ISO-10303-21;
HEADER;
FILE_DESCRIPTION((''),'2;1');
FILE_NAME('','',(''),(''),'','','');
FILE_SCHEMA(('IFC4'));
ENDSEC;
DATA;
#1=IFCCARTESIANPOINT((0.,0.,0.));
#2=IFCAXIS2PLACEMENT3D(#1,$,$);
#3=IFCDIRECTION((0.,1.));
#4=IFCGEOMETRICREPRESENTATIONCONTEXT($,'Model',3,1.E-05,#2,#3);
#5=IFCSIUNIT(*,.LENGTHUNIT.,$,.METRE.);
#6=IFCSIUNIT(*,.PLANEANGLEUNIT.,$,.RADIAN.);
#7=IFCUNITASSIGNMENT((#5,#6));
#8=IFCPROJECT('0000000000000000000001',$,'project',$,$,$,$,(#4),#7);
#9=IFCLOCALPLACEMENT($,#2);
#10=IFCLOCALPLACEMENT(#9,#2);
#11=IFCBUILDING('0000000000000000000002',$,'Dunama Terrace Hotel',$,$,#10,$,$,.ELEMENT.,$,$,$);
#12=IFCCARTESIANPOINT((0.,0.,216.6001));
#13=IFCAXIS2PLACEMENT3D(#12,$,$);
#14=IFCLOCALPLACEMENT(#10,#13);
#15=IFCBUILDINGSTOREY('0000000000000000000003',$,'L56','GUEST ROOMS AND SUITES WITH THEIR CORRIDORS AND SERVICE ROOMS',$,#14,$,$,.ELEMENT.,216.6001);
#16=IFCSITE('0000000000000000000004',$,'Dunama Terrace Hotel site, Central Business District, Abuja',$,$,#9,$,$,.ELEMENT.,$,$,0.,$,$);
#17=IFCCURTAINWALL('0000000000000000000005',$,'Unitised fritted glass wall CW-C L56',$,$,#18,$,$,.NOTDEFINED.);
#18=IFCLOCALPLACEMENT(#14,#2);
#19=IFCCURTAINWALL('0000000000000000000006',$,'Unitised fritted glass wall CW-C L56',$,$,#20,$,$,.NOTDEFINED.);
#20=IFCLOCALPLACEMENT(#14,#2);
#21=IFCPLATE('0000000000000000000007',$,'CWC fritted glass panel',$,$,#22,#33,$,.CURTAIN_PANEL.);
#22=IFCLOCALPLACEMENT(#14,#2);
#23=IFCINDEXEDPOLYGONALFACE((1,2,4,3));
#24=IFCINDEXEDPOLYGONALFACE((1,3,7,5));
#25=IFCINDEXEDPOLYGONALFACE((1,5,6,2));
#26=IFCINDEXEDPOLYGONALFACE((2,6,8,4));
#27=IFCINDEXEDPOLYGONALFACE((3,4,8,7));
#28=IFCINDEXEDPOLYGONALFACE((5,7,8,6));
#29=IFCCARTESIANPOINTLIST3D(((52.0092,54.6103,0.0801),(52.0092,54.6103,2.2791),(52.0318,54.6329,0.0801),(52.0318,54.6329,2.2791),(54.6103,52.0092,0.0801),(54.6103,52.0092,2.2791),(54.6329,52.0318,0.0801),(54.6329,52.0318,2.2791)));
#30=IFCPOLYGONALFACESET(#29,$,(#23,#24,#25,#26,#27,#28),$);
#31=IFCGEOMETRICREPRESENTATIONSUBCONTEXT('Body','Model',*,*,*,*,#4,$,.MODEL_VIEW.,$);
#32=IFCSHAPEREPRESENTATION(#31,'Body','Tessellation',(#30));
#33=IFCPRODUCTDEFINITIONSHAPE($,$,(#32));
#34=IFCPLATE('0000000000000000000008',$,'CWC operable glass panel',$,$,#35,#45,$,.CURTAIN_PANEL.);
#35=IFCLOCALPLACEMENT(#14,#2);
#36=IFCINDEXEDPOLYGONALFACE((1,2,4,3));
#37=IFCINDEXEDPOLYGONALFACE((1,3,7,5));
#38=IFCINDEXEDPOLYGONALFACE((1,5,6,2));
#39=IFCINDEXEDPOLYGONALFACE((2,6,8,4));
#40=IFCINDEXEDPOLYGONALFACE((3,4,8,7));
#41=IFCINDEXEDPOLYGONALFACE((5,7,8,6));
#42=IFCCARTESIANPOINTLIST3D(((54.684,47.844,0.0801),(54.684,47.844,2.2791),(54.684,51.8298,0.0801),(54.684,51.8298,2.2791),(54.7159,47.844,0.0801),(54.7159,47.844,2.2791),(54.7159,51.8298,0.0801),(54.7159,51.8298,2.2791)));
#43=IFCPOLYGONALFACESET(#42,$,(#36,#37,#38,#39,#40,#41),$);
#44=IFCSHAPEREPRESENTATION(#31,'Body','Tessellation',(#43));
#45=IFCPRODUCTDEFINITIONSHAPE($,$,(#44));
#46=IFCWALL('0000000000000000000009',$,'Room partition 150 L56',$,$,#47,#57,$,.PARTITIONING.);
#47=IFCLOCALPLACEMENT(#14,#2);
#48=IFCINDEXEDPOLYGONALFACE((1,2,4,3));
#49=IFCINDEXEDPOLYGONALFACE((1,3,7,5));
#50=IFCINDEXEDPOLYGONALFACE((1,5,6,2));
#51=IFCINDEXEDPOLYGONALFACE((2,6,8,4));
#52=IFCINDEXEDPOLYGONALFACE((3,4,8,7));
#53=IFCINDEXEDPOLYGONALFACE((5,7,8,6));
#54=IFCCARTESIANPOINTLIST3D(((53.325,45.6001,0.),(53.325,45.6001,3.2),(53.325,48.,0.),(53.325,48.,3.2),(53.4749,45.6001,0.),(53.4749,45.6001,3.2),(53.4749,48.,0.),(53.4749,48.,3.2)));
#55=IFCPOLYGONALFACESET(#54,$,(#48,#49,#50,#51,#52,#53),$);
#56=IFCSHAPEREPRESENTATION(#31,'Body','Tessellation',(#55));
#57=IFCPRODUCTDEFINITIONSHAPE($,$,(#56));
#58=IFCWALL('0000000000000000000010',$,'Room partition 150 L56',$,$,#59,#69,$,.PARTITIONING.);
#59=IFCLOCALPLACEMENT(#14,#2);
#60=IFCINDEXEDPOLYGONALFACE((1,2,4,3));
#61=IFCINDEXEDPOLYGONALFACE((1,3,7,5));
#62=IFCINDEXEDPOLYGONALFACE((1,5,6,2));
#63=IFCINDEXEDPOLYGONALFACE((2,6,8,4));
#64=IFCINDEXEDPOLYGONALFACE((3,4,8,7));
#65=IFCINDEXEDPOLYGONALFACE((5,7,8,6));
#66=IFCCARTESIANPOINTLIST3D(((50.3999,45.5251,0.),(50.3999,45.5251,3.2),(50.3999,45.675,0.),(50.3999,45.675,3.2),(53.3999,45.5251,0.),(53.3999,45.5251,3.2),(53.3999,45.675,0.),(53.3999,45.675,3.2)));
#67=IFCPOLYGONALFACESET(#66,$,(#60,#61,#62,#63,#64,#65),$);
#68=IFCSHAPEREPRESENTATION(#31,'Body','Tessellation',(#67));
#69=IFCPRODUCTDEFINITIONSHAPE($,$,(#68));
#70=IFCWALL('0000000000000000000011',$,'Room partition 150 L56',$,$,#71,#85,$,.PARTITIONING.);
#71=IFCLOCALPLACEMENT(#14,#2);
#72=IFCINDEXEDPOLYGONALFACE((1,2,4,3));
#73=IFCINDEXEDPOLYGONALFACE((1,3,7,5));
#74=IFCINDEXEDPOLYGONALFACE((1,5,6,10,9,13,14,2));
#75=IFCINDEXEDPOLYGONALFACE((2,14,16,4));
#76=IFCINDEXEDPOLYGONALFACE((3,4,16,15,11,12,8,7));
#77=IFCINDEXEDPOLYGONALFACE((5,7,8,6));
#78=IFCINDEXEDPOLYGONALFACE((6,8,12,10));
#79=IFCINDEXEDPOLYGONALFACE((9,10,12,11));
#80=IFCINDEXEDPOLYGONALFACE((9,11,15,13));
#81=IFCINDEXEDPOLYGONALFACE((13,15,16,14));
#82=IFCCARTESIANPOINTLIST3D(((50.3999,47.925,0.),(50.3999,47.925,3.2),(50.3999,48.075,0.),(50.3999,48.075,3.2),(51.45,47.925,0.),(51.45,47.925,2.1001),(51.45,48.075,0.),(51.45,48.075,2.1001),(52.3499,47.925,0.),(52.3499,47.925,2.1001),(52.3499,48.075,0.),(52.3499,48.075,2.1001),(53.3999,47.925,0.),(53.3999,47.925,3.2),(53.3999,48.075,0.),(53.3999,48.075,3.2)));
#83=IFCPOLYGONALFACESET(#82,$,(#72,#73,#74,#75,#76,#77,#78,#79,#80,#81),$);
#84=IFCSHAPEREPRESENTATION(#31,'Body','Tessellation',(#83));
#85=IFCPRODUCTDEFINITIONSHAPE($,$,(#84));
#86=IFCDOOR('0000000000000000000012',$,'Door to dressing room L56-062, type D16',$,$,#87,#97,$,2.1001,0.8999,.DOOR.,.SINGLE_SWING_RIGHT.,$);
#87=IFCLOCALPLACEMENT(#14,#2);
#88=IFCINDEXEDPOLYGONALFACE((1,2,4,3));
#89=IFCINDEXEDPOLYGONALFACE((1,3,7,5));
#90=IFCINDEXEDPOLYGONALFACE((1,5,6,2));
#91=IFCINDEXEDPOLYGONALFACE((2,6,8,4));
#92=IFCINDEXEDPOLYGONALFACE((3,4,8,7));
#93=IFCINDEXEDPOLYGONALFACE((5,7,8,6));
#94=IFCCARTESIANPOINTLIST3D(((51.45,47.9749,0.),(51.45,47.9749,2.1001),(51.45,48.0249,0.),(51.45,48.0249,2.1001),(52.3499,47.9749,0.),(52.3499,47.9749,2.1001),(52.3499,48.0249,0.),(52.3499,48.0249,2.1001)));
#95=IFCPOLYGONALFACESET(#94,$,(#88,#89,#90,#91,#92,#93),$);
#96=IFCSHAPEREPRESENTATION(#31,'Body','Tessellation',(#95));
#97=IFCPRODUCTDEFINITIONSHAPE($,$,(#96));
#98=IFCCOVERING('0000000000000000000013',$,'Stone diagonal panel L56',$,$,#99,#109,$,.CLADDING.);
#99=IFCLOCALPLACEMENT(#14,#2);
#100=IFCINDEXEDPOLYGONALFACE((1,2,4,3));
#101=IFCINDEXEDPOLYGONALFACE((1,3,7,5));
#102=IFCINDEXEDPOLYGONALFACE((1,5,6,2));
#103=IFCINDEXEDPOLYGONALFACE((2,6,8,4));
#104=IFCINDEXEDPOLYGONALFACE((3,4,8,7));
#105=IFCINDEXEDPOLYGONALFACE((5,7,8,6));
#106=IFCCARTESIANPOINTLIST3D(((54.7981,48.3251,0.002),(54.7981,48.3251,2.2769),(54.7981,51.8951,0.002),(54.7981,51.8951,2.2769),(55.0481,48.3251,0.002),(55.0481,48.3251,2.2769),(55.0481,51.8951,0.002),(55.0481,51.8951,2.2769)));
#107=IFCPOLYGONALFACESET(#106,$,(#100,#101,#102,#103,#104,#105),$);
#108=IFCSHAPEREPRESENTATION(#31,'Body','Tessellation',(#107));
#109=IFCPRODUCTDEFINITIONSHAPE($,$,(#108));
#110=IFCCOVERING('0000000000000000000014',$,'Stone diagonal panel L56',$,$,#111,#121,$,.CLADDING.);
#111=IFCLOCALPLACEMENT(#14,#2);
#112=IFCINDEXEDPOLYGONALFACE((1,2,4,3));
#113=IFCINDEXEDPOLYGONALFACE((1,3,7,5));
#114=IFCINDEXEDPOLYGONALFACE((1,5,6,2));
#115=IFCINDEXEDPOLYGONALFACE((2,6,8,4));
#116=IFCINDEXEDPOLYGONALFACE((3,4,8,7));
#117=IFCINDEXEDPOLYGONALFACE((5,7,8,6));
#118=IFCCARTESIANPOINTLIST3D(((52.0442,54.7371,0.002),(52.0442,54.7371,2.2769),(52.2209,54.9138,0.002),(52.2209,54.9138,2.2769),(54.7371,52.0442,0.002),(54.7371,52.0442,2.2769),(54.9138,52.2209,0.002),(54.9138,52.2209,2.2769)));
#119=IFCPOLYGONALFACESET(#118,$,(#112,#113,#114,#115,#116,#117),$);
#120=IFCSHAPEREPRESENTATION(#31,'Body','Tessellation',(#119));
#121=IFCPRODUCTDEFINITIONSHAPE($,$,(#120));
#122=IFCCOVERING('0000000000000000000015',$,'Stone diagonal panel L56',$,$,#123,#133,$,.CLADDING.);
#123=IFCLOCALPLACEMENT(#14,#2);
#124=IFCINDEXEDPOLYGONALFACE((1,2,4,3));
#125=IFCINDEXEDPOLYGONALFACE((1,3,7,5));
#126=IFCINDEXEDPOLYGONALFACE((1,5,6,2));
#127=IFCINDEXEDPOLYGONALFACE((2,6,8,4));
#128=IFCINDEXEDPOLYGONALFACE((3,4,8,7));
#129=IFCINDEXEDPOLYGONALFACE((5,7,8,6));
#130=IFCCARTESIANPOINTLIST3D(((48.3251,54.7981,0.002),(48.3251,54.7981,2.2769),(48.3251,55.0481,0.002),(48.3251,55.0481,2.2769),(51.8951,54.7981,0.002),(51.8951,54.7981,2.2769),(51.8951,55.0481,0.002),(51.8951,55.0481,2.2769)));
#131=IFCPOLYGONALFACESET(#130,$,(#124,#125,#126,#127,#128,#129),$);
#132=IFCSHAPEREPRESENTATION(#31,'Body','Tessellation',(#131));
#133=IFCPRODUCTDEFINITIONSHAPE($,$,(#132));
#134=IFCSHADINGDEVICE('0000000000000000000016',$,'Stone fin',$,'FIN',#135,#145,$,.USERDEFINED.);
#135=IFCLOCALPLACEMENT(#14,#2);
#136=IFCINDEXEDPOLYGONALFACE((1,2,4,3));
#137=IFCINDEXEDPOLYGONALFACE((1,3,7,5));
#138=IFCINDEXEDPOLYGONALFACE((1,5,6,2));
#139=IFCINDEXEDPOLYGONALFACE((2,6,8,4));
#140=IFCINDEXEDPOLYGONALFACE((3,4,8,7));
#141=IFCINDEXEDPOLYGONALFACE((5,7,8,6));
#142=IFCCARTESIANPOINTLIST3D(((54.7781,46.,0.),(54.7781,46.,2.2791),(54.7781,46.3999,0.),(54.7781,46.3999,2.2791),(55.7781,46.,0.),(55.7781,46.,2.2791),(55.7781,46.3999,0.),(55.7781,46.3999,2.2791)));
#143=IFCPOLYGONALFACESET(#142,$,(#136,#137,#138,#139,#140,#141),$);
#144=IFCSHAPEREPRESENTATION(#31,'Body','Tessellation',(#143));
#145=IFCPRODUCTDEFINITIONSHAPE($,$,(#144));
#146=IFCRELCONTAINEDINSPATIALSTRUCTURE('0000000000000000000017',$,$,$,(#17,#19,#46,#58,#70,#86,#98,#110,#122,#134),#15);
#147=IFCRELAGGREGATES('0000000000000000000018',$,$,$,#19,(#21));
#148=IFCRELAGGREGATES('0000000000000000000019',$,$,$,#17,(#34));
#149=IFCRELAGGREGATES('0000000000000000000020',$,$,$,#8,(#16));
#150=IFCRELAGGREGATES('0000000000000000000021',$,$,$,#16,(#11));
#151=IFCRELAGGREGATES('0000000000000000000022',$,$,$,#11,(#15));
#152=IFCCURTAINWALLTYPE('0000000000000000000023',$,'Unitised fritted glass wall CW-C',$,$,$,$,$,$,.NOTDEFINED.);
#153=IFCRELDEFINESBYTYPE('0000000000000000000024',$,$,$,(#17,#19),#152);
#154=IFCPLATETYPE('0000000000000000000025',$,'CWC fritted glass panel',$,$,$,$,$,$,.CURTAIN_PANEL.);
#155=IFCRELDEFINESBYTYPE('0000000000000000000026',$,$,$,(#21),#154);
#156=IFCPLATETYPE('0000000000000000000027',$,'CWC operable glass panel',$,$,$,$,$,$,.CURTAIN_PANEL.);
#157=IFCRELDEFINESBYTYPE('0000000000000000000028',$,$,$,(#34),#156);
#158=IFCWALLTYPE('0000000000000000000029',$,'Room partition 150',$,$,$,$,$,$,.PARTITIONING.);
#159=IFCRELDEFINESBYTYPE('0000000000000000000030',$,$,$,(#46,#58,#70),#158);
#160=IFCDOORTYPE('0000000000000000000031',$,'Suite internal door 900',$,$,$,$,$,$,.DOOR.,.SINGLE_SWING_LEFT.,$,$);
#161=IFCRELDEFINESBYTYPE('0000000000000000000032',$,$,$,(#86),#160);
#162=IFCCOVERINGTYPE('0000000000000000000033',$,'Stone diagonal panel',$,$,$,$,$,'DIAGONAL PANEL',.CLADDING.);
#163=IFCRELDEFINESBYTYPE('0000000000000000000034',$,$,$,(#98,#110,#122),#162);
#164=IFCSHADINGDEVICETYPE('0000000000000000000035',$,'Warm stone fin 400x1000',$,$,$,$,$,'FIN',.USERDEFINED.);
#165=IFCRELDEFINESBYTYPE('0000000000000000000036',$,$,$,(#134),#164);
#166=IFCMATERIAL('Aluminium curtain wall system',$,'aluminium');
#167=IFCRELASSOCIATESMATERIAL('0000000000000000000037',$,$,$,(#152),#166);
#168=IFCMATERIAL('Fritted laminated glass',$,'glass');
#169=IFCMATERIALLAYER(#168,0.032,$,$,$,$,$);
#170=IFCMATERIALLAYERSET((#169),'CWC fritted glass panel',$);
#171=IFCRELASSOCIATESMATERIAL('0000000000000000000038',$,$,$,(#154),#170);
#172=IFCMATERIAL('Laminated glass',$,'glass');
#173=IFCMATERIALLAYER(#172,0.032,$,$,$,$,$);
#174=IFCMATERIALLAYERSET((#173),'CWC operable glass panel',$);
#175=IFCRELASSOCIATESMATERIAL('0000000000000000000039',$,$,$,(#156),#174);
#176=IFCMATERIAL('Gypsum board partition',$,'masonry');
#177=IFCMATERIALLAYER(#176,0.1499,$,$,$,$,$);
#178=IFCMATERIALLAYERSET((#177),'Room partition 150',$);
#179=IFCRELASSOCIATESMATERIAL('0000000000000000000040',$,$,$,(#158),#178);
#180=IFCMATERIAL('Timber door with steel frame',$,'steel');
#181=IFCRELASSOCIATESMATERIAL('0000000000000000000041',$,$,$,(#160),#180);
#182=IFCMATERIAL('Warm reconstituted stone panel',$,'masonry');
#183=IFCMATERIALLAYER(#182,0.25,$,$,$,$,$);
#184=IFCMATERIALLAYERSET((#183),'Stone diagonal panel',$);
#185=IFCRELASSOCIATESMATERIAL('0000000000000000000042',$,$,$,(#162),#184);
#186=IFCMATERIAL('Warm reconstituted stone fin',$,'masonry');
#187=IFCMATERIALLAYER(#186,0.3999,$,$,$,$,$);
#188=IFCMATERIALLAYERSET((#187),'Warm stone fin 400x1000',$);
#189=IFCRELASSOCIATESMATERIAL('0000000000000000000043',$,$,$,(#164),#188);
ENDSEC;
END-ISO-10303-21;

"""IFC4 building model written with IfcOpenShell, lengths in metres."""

from ifc_helpers import new_model, si_unit, direction, frame, frame_2d, origin, origin_2d, place, context, subcontext, project, spatial, rectangle, extrude, material, layer, layer_set, type_object, element, fill, aggregate, save


model = new_model("IFC4")

# Units and contexts
model_context = context("Model", 3, precision=1e-05, world=origin(), true_north=direction((0.0, 1.0)))
body_context = subcontext(model_context, "Body", "Model", "MODEL_VIEW")
ifc_project = project(units=[si_unit("LENGTHUNIT", "METRE"), si_unit("PLANEANGLEUNIT", "RADIAN")], contexts=[model_context])

# Site, building, storey
site_placement = place(None, origin())
site = spatial("IfcSite", under=ifc_project, at=site_placement, Name="Dunama Terrace Hotel site, Central Business District, Abuja", CompositionType="ELEMENT", RefElevation=0.0)
building_placement = place(site_placement, origin())
building = spatial("IfcBuilding", under=site, at=building_placement, Name="Dunama Terrace Hotel", CompositionType="ELEMENT")
storey_placement = place(building_placement, frame((0.0, 0.0, 216.6001)))
storey = spatial("IfcBuildingStorey", under=building, at=storey_placement, Name="L56", Description="GUEST ROOMS AND SUITES WITH THEIR CORRIDORS AND SERVICE ROOMS", CompositionType="ELEMENT", Elevation=216.6001)

# Curtain walls
ifc_material_1 = material(Name="Aluminium curtain wall system", Category="aluminium")
curtain_wall_type = type_object("IfcCurtainWallType", Name="Unitised fritted glass wall CW-C", PredefinedType="NOTDEFINED", material=ifc_material_1)
curtain_wall_1_placement = place(storey_placement, origin())
curtain_wall_1 = element("IfcCurtainWall", 1, at=curtain_wall_1_placement, inside=storey, type_object=curtain_wall_type, Name="Unitised fritted glass wall CW-C L56", PredefinedType="NOTDEFINED")
curtain_wall_2_placement = place(storey_placement, origin())
curtain_wall_2 = element("IfcCurtainWall", 2, at=curtain_wall_2_placement, inside=storey, type_object=curtain_wall_type, Name="Unitised fritted glass wall CW-C L56", PredefinedType="NOTDEFINED")

# Plates
ifc_material_2 = material(Name="Fritted laminated glass", Category="glass")
ifc_layer_1 = layer(ifc_material_2, 0.032)
ifc_layer_set_1 = layer_set([ifc_layer_1], Name="CWC fritted glass panel")
plate_type_1 = type_object("IfcPlateType", Name="CWC fritted glass panel", PredefinedType="CURTAIN_PANEL", material=ifc_layer_set_1)
plate_1_placement = place(storey_placement, frame((53.321, 53.321, 0.0801), z_axis=(0.0, 0.0, 1.0), x_axis=(-0.707107, 0.707107, 0.0)))
plate_1 = element("IfcPlate", 3, at=plate_1_placement, type_object=plate_type_1, Name="CWC fritted glass panel", PredefinedType="CURTAIN_PANEL", context=body_context, shape_type="SweptSolid", body=[
    extrude(rectangle(XDim=3.6785, YDim=0.032, at=origin_2d()), origin(), (0.0, 0.0, 1.0), 2.199),
])
aggregate(curtain_wall_2, [plate_1])
ifc_material_3 = material(Name="Laminated glass", Category="glass")
ifc_layer_2 = layer(ifc_material_3, 0.032)
ifc_layer_set_2 = layer_set([ifc_layer_2], Name="CWC operable glass panel")
plate_type_2 = type_object("IfcPlateType", Name="CWC operable glass panel", PredefinedType="CURTAIN_PANEL", material=ifc_layer_set_2)
plate_2_placement = place(storey_placement, frame((54.7, 49.8369, 0.0801), z_axis=(0.0, 0.0, 1.0), x_axis=(0.0, 1.0, 0.0)))
plate_2 = element("IfcPlate", 4, at=plate_2_placement, type_object=plate_type_2, Name="CWC operable glass panel", PredefinedType="CURTAIN_PANEL", context=body_context, shape_type="SweptSolid", body=[
    extrude(rectangle(XDim=3.9858, YDim=0.032, at=origin_2d()), origin(), (0.0, 0.0, 1.0), 2.199),
])
aggregate(curtain_wall_1, [plate_2])

# Walls
ifc_material_4 = material(Name="Gypsum board partition", Category="masonry")
ifc_layer_3 = layer(ifc_material_4, 0.1499)
ifc_layer_set_3 = layer_set([ifc_layer_3], Name="Room partition 150")
wall_type = type_object("IfcWallType", Name="Room partition 150", PredefinedType="PARTITIONING", material=ifc_layer_set_3)
wall_1_placement = place(storey_placement, frame((53.3999, 45.6001, 0.0), z_axis=(0.0, 0.0, 1.0), x_axis=(0.0, 1.0, 0.0)))
element("IfcWall", 5, at=wall_1_placement, inside=storey, type_object=wall_type, Name="Room partition 150 L56", PredefinedType="PARTITIONING", context=body_context, shape_type="SweptSolid", body=[
    extrude(rectangle(XDim=2.3999, YDim=0.1499, at=frame_2d((1.2, 0.0))), origin(), (0.0, 0.0, 1.0), 3.2),
])
wall_2_placement = place(storey_placement, frame((50.3999, 45.6001, 0.0), z_axis=(0.0, 0.0, 1.0), x_axis=(1.0, 0.0, 0.0)))
element("IfcWall", 6, at=wall_2_placement, inside=storey, type_object=wall_type, Name="Room partition 150 L56", PredefinedType="PARTITIONING", context=body_context, shape_type="SweptSolid", body=[
    extrude(rectangle(XDim=3.0, YDim=0.1499, at=frame_2d((1.5, 0.0))), origin(), (0.0, 0.0, 1.0), 3.2),
])

# Wall, opening, door
wall_3_placement = place(storey_placement, frame((50.3999, 48.0, 0.0), z_axis=(0.0, 0.0, 1.0), x_axis=(1.0, 0.0, 0.0)))
wall_3 = element("IfcWall", 7, at=wall_3_placement, inside=storey, type_object=wall_type, Name="Room partition 150 L56", PredefinedType="PARTITIONING", context=body_context, shape_type="SweptSolid", body=[
    extrude(rectangle(XDim=3.0, YDim=0.1499, at=frame_2d((1.5, 0.0))), origin(), (0.0, 0.0, 1.0), 3.2),
])
opening_placement = place(wall_3_placement, frame((1.05, 0.0, 0.0)))
opening = element("IfcOpeningElement", 8, at=opening_placement, cuts=wall_3, PredefinedType="OPENING", context=body_context, shape_type="SweptSolid", body=[
    extrude(rectangle(XDim=0.8999, YDim=2.1001, at=frame_2d((0.45, 1.05))), frame((0.0, 0.085, 0.0), z_axis=(0.0, -1.0, 0.0), x_axis=(1.0, 0.0, 0.0)), (0.0, 0.0, 1.0), 0.1699),
])
ifc_material_5 = material(Name="Timber door with steel frame", Category="steel")
door_type = type_object("IfcDoorType", Name="Suite internal door 900", OperationType="SINGLE_SWING_LEFT", PredefinedType="DOOR", material=ifc_material_5)
door_placement = place(opening_placement, frame((0.8999, 0.0, 0.0), z_axis=(0.0, 0.0, 1.0), x_axis=(-1.0, 0.0, 0.0)))
door = element("IfcDoor", 9, at=door_placement, inside=storey, type_object=door_type, Name="Door to dressing room L56-062, type D16", OperationType="SINGLE_SWING_RIGHT", OverallHeight=2.1001, OverallWidth=0.8999, PredefinedType="DOOR", context=body_context, shape_type="SweptSolid", body=[
    extrude(rectangle(XDim=0.8999, YDim=2.1001, at=frame_2d((0.45, 1.05))), frame((0.0, 0.0251, 0.0), z_axis=(0.0, -1.0, 0.0), x_axis=(1.0, 0.0, 0.0)), (0.0, 0.0, 1.0), 0.05),
])
fill(opening, door)

# Coverings
ifc_material_6 = material(Name="Warm reconstituted stone panel", Category="masonry")
ifc_layer_4 = layer(ifc_material_6, 0.25)
ifc_layer_set_4 = layer_set([ifc_layer_4], Name="Stone diagonal panel")
covering_type = type_object("IfcCoveringType", Name="Stone diagonal panel", ElementType="DIAGONAL PANEL", PredefinedType="CLADDING", material=ifc_layer_set_4)
covering_1_placement = place(storey_placement, frame((54.9231, 50.1101, 0.002), z_axis=(0.0, 0.0, 1.0), x_axis=(0.0, 1.0, 0.0)))
element("IfcCovering", 10, at=covering_1_placement, inside=storey, type_object=covering_type, Name="Stone diagonal panel L56", PredefinedType="CLADDING", context=body_context, shape_type="SweptSolid", body=[
    extrude(rectangle(XDim=3.5701, YDim=0.25, at=origin_2d()), origin(), (0.0, 0.0, 1.0), 2.2749),
])
covering_2_placement = place(storey_placement, frame((53.479, 53.479, 0.002), z_axis=(0.0, 0.0, 1.0), x_axis=(-0.707107, 0.707107, 0.0)))
element("IfcCovering", 11, at=covering_2_placement, inside=storey, type_object=covering_type, Name="Stone diagonal panel L56", PredefinedType="CLADDING", context=body_context, shape_type="SweptSolid", body=[
    extrude(rectangle(XDim=3.8083, YDim=0.25, at=origin_2d()), origin(), (0.0, 0.0, 1.0), 2.2749),
])
covering_3_placement = place(storey_placement, frame((50.1101, 54.9231, 0.002), z_axis=(0.0, 0.0, 1.0), x_axis=(-1.0, 0.0, 0.0)))
element("IfcCovering", 12, at=covering_3_placement, inside=storey, type_object=covering_type, Name="Stone diagonal panel L56", PredefinedType="CLADDING", context=body_context, shape_type="SweptSolid", body=[
    extrude(rectangle(XDim=3.5701, YDim=0.25, at=origin_2d()), origin(), (0.0, 0.0, 1.0), 2.2749),
])

# Shading device
ifc_material_7 = material(Name="Warm reconstituted stone fin", Category="masonry")
ifc_layer_5 = layer(ifc_material_7, 0.3999)
ifc_layer_set_5 = layer_set([ifc_layer_5], Name="Warm stone fin 400x1000")
shading_device_type = type_object("IfcShadingDeviceType", Name="Warm stone fin 400x1000", ElementType="FIN", PredefinedType="USERDEFINED", material=ifc_layer_set_5)
shading_device_placement = place(storey_placement, frame((55.2781, 46.2, 0.0), z_axis=(0.0, 0.0, 1.0), x_axis=(0.0, 1.0, 0.0)))
element("IfcShadingDevice", 13, at=shading_device_placement, inside=storey, type_object=shading_device_type, Name="Stone fin", ObjectType="FIN", PredefinedType="USERDEFINED", context=body_context, shape_type="SweptSolid", body=[
    extrude(rectangle(XDim=0.3999, YDim=1.0, at=origin_2d()), origin(), (0.0, 0.0, 1.0), 2.2791),
])

save(model, "model.ifc")
